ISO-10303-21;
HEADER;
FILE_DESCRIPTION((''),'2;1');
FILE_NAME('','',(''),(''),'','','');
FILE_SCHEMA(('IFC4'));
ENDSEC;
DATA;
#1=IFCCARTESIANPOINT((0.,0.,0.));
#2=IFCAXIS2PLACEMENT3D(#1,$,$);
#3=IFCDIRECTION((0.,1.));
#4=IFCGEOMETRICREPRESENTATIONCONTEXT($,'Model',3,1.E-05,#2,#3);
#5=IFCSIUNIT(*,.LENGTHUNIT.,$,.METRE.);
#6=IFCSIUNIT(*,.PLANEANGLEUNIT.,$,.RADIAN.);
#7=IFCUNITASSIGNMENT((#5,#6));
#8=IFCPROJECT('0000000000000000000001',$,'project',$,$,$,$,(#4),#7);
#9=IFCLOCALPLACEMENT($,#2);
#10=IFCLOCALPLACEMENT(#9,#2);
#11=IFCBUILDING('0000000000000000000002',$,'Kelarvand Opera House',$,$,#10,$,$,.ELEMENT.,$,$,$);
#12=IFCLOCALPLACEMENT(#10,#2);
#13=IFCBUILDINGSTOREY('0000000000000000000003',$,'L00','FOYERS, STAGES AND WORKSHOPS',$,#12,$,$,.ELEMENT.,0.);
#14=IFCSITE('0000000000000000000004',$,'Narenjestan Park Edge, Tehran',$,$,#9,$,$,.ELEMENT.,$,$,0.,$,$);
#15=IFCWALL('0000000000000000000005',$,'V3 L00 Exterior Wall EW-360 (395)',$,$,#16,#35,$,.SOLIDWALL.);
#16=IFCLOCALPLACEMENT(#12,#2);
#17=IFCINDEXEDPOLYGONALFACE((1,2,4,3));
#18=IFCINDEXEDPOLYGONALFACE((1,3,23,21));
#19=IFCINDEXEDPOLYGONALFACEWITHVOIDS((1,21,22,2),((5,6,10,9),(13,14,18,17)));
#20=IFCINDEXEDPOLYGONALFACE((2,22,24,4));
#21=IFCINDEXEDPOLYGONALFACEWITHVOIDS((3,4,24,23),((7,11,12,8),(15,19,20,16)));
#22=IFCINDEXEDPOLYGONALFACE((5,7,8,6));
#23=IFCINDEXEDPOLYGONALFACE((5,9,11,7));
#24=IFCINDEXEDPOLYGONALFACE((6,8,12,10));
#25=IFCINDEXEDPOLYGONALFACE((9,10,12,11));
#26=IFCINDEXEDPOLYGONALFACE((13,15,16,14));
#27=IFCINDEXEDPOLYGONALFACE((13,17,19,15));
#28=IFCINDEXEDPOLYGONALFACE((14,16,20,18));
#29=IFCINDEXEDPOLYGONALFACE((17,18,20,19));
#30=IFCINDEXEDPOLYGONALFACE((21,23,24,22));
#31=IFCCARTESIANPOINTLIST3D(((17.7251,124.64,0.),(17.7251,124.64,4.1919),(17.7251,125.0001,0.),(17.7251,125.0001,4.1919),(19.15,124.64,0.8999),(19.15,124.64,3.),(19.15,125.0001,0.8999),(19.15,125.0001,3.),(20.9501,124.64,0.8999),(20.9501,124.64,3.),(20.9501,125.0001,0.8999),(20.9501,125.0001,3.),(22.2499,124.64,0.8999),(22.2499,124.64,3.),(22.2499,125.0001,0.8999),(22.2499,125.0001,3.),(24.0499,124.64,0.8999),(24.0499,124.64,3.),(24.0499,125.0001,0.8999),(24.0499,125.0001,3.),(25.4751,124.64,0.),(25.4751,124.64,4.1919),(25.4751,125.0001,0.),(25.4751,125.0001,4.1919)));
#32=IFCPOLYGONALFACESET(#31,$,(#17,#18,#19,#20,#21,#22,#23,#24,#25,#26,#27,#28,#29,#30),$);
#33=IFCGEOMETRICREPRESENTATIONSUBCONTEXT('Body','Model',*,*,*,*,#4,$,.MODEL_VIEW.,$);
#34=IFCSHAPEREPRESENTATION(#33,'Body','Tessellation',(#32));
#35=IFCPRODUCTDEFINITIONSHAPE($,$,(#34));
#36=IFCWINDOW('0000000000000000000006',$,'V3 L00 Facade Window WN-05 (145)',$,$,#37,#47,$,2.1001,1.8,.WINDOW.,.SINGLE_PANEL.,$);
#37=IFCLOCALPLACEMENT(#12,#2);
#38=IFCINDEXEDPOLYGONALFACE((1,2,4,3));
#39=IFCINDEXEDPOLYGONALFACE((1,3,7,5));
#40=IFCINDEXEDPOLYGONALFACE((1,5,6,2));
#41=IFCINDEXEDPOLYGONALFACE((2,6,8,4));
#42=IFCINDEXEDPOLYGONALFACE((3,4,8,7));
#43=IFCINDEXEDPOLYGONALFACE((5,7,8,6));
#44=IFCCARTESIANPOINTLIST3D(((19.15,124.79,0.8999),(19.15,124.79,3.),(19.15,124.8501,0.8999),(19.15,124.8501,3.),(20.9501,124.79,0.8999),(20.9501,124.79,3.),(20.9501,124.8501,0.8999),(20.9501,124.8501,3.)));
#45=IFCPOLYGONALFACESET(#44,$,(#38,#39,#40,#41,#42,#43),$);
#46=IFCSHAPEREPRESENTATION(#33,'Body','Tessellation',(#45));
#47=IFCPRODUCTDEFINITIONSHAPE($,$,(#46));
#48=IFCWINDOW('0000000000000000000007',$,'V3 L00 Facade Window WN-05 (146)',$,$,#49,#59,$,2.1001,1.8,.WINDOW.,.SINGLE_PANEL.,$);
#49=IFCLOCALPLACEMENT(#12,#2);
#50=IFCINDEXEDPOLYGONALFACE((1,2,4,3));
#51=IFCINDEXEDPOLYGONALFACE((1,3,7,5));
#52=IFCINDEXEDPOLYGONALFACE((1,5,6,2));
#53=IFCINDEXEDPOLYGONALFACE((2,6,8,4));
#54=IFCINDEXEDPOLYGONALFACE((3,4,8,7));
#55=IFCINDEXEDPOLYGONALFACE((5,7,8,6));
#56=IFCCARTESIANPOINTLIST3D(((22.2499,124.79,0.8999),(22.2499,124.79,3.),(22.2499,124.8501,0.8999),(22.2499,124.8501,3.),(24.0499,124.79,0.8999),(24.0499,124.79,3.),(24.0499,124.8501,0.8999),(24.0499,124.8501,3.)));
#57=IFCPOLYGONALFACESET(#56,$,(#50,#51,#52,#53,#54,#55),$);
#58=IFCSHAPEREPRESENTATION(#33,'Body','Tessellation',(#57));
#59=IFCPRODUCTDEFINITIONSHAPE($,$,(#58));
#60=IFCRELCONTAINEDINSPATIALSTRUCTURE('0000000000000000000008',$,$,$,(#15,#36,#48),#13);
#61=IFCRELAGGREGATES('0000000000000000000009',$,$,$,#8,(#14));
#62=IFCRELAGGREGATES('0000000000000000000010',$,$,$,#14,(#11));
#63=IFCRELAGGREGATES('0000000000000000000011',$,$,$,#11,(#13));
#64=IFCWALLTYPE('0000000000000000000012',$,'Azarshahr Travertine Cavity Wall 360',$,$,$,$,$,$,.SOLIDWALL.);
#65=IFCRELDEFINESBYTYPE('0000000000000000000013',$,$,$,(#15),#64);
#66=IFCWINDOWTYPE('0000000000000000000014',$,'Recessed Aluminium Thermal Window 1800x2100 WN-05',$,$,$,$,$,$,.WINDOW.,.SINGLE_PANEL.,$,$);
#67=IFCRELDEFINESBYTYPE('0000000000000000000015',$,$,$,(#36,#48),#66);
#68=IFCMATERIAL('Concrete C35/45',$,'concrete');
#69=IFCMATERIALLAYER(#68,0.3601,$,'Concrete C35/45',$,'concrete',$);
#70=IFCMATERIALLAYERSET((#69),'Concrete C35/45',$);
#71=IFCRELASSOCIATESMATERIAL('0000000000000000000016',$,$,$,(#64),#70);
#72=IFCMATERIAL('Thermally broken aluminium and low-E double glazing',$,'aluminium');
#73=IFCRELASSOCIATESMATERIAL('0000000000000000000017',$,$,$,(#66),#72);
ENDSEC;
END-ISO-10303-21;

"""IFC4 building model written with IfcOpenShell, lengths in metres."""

from ifc_helpers import new_model, si_unit, direction, frame, frame_2d, origin, place, context, subcontext, project, spatial, rectangle, extrude, material, layer, layer_set, type_object, element, fill, save


model = new_model("IFC4")

# Units and contexts
model_context = context("Model", 3, precision=1e-05, world=origin(), true_north=direction((0.0, 1.0)))
body_context = subcontext(model_context, "Body", "Model", "MODEL_VIEW")
ifc_project = project(units=[si_unit("LENGTHUNIT", "METRE"), si_unit("PLANEANGLEUNIT", "RADIAN")], contexts=[model_context])

# Site, building, storey
site_placement = place(None, origin())
site = spatial("IfcSite", under=ifc_project, at=site_placement, Name="Narenjestan Park Edge, Tehran", CompositionType="ELEMENT", RefElevation=0.0)
building_placement = place(site_placement, origin())
building = spatial("IfcBuilding", under=site, at=building_placement, Name="Kelarvand Opera House", CompositionType="ELEMENT")
storey_placement = place(building_placement, origin())
storey = spatial("IfcBuildingStorey", under=building, at=storey_placement, Name="L00", Description="FOYERS, STAGES AND WORKSHOPS", CompositionType="ELEMENT", Elevation=0.0)

# Wall, openings, windows
ifc_material_1 = material(Name="Concrete C35/45", Category="concrete")
ifc_layer_1 = layer(ifc_material_1, 0.3601, Name="Concrete C35/45", Category="concrete")
ifc_layer_set_1 = layer_set([ifc_layer_1], Name="Concrete C35/45")
wall_type = type_object("IfcWallType", Name="Azarshahr Travertine Cavity Wall 360", PredefinedType="SOLIDWALL", material=ifc_layer_set_1)
ifc_material_2 = material(Name="Thermally broken aluminium and low-E double glazing", Category="aluminium")
wall_1_placement = place(storey_placement, frame((17.7251, 124.8201, 0.0), z_axis=(0.0, 0.0, 1.0), x_axis=(1.0, 0.0, 0.0)))
wall_1 = element("IfcWall", 1, at=wall_1_placement, inside=storey, type_object=wall_type, Name="V3 L00 Exterior Wall EW-360 (395)", PredefinedType="SOLIDWALL", context=body_context, shape_type="SweptSolid", body=[
    extrude(rectangle(XDim=7.75, YDim=0.3601, at=frame_2d((3.875, 0.0))), origin(), (0.0, 0.0, 1.0), 4.1919),
])
opening_1_placement = place(wall_1_placement, frame((1.425, 0.0, 0.8999)))
opening_1 = element("IfcOpeningElement", 2, at=opening_1_placement, cuts=wall_1, PredefinedType="OPENING", context=body_context, shape_type="SweptSolid", body=[
    extrude(rectangle(XDim=1.8, YDim=2.1001, at=frame_2d((0.8999, 1.05))), frame((0.0, 0.1899, 0.0), z_axis=(0.0, -1.0, 0.0), x_axis=(1.0, 0.0, 0.0)), (0.0, 0.0, 1.0), 0.3801),
])
opening_2_placement = place(wall_1_placement, frame((4.5249, 0.0, 0.8999)))
opening_2 = element("IfcOpeningElement", 3, at=opening_2_placement, cuts=wall_1, PredefinedType="OPENING", context=body_context, shape_type="SweptSolid", body=[
    extrude(rectangle(XDim=1.8, YDim=2.1001, at=frame_2d((0.8999, 1.05))), frame((0.0, 0.1899, 0.0), z_axis=(0.0, -1.0, 0.0), x_axis=(1.0, 0.0, 0.0)), (0.0, 0.0, 1.0), 0.3801),
])
window_type_1 = type_object("IfcWindowType", Name="Recessed Aluminium Thermal Window 1800x2100 WN-05", PartitioningType="SINGLE_PANEL", PredefinedType="WINDOW", material=ifc_material_2)
window_1_placement = place(opening_1_placement, origin())
window_1 = element("IfcWindow", 4, at=window_1_placement, inside=storey, type_object=window_type_1, Name="V3 L00 Facade Window WN-05 (145)", OverallHeight=2.1001, OverallWidth=1.8, PartitioningType="SINGLE_PANEL", PredefinedType="WINDOW", context=body_context, shape_type="SweptSolid", body=[
    extrude(rectangle(XDim=1.8, YDim=2.1001, at=frame_2d((0.8999, 1.05))), frame((0.0, 0.03, 0.0), z_axis=(0.0, -1.0, 0.0), x_axis=(1.0, 0.0, 0.0)), (0.0, 0.0, 1.0), 0.0601),
])
fill(opening_1, window_1)
window_2_placement = place(opening_2_placement, origin())
window_2 = element("IfcWindow", 5, at=window_2_placement, inside=storey, type_object=window_type_1, Name="V3 L00 Facade Window WN-05 (146)", OverallHeight=2.1001, OverallWidth=1.8, PartitioningType="SINGLE_PANEL", PredefinedType="WINDOW", context=body_context, shape_type="SweptSolid", body=[
    extrude(rectangle(XDim=1.8, YDim=2.1001, at=frame_2d((0.8999, 1.05))), frame((0.0, 0.03, 0.0), z_axis=(0.0, -1.0, 0.0), x_axis=(1.0, 0.0, 0.0)), (0.0, 0.0, 1.0), 0.0601),
])
fill(opening_2, window_2)

save(model, "model.ifc")
